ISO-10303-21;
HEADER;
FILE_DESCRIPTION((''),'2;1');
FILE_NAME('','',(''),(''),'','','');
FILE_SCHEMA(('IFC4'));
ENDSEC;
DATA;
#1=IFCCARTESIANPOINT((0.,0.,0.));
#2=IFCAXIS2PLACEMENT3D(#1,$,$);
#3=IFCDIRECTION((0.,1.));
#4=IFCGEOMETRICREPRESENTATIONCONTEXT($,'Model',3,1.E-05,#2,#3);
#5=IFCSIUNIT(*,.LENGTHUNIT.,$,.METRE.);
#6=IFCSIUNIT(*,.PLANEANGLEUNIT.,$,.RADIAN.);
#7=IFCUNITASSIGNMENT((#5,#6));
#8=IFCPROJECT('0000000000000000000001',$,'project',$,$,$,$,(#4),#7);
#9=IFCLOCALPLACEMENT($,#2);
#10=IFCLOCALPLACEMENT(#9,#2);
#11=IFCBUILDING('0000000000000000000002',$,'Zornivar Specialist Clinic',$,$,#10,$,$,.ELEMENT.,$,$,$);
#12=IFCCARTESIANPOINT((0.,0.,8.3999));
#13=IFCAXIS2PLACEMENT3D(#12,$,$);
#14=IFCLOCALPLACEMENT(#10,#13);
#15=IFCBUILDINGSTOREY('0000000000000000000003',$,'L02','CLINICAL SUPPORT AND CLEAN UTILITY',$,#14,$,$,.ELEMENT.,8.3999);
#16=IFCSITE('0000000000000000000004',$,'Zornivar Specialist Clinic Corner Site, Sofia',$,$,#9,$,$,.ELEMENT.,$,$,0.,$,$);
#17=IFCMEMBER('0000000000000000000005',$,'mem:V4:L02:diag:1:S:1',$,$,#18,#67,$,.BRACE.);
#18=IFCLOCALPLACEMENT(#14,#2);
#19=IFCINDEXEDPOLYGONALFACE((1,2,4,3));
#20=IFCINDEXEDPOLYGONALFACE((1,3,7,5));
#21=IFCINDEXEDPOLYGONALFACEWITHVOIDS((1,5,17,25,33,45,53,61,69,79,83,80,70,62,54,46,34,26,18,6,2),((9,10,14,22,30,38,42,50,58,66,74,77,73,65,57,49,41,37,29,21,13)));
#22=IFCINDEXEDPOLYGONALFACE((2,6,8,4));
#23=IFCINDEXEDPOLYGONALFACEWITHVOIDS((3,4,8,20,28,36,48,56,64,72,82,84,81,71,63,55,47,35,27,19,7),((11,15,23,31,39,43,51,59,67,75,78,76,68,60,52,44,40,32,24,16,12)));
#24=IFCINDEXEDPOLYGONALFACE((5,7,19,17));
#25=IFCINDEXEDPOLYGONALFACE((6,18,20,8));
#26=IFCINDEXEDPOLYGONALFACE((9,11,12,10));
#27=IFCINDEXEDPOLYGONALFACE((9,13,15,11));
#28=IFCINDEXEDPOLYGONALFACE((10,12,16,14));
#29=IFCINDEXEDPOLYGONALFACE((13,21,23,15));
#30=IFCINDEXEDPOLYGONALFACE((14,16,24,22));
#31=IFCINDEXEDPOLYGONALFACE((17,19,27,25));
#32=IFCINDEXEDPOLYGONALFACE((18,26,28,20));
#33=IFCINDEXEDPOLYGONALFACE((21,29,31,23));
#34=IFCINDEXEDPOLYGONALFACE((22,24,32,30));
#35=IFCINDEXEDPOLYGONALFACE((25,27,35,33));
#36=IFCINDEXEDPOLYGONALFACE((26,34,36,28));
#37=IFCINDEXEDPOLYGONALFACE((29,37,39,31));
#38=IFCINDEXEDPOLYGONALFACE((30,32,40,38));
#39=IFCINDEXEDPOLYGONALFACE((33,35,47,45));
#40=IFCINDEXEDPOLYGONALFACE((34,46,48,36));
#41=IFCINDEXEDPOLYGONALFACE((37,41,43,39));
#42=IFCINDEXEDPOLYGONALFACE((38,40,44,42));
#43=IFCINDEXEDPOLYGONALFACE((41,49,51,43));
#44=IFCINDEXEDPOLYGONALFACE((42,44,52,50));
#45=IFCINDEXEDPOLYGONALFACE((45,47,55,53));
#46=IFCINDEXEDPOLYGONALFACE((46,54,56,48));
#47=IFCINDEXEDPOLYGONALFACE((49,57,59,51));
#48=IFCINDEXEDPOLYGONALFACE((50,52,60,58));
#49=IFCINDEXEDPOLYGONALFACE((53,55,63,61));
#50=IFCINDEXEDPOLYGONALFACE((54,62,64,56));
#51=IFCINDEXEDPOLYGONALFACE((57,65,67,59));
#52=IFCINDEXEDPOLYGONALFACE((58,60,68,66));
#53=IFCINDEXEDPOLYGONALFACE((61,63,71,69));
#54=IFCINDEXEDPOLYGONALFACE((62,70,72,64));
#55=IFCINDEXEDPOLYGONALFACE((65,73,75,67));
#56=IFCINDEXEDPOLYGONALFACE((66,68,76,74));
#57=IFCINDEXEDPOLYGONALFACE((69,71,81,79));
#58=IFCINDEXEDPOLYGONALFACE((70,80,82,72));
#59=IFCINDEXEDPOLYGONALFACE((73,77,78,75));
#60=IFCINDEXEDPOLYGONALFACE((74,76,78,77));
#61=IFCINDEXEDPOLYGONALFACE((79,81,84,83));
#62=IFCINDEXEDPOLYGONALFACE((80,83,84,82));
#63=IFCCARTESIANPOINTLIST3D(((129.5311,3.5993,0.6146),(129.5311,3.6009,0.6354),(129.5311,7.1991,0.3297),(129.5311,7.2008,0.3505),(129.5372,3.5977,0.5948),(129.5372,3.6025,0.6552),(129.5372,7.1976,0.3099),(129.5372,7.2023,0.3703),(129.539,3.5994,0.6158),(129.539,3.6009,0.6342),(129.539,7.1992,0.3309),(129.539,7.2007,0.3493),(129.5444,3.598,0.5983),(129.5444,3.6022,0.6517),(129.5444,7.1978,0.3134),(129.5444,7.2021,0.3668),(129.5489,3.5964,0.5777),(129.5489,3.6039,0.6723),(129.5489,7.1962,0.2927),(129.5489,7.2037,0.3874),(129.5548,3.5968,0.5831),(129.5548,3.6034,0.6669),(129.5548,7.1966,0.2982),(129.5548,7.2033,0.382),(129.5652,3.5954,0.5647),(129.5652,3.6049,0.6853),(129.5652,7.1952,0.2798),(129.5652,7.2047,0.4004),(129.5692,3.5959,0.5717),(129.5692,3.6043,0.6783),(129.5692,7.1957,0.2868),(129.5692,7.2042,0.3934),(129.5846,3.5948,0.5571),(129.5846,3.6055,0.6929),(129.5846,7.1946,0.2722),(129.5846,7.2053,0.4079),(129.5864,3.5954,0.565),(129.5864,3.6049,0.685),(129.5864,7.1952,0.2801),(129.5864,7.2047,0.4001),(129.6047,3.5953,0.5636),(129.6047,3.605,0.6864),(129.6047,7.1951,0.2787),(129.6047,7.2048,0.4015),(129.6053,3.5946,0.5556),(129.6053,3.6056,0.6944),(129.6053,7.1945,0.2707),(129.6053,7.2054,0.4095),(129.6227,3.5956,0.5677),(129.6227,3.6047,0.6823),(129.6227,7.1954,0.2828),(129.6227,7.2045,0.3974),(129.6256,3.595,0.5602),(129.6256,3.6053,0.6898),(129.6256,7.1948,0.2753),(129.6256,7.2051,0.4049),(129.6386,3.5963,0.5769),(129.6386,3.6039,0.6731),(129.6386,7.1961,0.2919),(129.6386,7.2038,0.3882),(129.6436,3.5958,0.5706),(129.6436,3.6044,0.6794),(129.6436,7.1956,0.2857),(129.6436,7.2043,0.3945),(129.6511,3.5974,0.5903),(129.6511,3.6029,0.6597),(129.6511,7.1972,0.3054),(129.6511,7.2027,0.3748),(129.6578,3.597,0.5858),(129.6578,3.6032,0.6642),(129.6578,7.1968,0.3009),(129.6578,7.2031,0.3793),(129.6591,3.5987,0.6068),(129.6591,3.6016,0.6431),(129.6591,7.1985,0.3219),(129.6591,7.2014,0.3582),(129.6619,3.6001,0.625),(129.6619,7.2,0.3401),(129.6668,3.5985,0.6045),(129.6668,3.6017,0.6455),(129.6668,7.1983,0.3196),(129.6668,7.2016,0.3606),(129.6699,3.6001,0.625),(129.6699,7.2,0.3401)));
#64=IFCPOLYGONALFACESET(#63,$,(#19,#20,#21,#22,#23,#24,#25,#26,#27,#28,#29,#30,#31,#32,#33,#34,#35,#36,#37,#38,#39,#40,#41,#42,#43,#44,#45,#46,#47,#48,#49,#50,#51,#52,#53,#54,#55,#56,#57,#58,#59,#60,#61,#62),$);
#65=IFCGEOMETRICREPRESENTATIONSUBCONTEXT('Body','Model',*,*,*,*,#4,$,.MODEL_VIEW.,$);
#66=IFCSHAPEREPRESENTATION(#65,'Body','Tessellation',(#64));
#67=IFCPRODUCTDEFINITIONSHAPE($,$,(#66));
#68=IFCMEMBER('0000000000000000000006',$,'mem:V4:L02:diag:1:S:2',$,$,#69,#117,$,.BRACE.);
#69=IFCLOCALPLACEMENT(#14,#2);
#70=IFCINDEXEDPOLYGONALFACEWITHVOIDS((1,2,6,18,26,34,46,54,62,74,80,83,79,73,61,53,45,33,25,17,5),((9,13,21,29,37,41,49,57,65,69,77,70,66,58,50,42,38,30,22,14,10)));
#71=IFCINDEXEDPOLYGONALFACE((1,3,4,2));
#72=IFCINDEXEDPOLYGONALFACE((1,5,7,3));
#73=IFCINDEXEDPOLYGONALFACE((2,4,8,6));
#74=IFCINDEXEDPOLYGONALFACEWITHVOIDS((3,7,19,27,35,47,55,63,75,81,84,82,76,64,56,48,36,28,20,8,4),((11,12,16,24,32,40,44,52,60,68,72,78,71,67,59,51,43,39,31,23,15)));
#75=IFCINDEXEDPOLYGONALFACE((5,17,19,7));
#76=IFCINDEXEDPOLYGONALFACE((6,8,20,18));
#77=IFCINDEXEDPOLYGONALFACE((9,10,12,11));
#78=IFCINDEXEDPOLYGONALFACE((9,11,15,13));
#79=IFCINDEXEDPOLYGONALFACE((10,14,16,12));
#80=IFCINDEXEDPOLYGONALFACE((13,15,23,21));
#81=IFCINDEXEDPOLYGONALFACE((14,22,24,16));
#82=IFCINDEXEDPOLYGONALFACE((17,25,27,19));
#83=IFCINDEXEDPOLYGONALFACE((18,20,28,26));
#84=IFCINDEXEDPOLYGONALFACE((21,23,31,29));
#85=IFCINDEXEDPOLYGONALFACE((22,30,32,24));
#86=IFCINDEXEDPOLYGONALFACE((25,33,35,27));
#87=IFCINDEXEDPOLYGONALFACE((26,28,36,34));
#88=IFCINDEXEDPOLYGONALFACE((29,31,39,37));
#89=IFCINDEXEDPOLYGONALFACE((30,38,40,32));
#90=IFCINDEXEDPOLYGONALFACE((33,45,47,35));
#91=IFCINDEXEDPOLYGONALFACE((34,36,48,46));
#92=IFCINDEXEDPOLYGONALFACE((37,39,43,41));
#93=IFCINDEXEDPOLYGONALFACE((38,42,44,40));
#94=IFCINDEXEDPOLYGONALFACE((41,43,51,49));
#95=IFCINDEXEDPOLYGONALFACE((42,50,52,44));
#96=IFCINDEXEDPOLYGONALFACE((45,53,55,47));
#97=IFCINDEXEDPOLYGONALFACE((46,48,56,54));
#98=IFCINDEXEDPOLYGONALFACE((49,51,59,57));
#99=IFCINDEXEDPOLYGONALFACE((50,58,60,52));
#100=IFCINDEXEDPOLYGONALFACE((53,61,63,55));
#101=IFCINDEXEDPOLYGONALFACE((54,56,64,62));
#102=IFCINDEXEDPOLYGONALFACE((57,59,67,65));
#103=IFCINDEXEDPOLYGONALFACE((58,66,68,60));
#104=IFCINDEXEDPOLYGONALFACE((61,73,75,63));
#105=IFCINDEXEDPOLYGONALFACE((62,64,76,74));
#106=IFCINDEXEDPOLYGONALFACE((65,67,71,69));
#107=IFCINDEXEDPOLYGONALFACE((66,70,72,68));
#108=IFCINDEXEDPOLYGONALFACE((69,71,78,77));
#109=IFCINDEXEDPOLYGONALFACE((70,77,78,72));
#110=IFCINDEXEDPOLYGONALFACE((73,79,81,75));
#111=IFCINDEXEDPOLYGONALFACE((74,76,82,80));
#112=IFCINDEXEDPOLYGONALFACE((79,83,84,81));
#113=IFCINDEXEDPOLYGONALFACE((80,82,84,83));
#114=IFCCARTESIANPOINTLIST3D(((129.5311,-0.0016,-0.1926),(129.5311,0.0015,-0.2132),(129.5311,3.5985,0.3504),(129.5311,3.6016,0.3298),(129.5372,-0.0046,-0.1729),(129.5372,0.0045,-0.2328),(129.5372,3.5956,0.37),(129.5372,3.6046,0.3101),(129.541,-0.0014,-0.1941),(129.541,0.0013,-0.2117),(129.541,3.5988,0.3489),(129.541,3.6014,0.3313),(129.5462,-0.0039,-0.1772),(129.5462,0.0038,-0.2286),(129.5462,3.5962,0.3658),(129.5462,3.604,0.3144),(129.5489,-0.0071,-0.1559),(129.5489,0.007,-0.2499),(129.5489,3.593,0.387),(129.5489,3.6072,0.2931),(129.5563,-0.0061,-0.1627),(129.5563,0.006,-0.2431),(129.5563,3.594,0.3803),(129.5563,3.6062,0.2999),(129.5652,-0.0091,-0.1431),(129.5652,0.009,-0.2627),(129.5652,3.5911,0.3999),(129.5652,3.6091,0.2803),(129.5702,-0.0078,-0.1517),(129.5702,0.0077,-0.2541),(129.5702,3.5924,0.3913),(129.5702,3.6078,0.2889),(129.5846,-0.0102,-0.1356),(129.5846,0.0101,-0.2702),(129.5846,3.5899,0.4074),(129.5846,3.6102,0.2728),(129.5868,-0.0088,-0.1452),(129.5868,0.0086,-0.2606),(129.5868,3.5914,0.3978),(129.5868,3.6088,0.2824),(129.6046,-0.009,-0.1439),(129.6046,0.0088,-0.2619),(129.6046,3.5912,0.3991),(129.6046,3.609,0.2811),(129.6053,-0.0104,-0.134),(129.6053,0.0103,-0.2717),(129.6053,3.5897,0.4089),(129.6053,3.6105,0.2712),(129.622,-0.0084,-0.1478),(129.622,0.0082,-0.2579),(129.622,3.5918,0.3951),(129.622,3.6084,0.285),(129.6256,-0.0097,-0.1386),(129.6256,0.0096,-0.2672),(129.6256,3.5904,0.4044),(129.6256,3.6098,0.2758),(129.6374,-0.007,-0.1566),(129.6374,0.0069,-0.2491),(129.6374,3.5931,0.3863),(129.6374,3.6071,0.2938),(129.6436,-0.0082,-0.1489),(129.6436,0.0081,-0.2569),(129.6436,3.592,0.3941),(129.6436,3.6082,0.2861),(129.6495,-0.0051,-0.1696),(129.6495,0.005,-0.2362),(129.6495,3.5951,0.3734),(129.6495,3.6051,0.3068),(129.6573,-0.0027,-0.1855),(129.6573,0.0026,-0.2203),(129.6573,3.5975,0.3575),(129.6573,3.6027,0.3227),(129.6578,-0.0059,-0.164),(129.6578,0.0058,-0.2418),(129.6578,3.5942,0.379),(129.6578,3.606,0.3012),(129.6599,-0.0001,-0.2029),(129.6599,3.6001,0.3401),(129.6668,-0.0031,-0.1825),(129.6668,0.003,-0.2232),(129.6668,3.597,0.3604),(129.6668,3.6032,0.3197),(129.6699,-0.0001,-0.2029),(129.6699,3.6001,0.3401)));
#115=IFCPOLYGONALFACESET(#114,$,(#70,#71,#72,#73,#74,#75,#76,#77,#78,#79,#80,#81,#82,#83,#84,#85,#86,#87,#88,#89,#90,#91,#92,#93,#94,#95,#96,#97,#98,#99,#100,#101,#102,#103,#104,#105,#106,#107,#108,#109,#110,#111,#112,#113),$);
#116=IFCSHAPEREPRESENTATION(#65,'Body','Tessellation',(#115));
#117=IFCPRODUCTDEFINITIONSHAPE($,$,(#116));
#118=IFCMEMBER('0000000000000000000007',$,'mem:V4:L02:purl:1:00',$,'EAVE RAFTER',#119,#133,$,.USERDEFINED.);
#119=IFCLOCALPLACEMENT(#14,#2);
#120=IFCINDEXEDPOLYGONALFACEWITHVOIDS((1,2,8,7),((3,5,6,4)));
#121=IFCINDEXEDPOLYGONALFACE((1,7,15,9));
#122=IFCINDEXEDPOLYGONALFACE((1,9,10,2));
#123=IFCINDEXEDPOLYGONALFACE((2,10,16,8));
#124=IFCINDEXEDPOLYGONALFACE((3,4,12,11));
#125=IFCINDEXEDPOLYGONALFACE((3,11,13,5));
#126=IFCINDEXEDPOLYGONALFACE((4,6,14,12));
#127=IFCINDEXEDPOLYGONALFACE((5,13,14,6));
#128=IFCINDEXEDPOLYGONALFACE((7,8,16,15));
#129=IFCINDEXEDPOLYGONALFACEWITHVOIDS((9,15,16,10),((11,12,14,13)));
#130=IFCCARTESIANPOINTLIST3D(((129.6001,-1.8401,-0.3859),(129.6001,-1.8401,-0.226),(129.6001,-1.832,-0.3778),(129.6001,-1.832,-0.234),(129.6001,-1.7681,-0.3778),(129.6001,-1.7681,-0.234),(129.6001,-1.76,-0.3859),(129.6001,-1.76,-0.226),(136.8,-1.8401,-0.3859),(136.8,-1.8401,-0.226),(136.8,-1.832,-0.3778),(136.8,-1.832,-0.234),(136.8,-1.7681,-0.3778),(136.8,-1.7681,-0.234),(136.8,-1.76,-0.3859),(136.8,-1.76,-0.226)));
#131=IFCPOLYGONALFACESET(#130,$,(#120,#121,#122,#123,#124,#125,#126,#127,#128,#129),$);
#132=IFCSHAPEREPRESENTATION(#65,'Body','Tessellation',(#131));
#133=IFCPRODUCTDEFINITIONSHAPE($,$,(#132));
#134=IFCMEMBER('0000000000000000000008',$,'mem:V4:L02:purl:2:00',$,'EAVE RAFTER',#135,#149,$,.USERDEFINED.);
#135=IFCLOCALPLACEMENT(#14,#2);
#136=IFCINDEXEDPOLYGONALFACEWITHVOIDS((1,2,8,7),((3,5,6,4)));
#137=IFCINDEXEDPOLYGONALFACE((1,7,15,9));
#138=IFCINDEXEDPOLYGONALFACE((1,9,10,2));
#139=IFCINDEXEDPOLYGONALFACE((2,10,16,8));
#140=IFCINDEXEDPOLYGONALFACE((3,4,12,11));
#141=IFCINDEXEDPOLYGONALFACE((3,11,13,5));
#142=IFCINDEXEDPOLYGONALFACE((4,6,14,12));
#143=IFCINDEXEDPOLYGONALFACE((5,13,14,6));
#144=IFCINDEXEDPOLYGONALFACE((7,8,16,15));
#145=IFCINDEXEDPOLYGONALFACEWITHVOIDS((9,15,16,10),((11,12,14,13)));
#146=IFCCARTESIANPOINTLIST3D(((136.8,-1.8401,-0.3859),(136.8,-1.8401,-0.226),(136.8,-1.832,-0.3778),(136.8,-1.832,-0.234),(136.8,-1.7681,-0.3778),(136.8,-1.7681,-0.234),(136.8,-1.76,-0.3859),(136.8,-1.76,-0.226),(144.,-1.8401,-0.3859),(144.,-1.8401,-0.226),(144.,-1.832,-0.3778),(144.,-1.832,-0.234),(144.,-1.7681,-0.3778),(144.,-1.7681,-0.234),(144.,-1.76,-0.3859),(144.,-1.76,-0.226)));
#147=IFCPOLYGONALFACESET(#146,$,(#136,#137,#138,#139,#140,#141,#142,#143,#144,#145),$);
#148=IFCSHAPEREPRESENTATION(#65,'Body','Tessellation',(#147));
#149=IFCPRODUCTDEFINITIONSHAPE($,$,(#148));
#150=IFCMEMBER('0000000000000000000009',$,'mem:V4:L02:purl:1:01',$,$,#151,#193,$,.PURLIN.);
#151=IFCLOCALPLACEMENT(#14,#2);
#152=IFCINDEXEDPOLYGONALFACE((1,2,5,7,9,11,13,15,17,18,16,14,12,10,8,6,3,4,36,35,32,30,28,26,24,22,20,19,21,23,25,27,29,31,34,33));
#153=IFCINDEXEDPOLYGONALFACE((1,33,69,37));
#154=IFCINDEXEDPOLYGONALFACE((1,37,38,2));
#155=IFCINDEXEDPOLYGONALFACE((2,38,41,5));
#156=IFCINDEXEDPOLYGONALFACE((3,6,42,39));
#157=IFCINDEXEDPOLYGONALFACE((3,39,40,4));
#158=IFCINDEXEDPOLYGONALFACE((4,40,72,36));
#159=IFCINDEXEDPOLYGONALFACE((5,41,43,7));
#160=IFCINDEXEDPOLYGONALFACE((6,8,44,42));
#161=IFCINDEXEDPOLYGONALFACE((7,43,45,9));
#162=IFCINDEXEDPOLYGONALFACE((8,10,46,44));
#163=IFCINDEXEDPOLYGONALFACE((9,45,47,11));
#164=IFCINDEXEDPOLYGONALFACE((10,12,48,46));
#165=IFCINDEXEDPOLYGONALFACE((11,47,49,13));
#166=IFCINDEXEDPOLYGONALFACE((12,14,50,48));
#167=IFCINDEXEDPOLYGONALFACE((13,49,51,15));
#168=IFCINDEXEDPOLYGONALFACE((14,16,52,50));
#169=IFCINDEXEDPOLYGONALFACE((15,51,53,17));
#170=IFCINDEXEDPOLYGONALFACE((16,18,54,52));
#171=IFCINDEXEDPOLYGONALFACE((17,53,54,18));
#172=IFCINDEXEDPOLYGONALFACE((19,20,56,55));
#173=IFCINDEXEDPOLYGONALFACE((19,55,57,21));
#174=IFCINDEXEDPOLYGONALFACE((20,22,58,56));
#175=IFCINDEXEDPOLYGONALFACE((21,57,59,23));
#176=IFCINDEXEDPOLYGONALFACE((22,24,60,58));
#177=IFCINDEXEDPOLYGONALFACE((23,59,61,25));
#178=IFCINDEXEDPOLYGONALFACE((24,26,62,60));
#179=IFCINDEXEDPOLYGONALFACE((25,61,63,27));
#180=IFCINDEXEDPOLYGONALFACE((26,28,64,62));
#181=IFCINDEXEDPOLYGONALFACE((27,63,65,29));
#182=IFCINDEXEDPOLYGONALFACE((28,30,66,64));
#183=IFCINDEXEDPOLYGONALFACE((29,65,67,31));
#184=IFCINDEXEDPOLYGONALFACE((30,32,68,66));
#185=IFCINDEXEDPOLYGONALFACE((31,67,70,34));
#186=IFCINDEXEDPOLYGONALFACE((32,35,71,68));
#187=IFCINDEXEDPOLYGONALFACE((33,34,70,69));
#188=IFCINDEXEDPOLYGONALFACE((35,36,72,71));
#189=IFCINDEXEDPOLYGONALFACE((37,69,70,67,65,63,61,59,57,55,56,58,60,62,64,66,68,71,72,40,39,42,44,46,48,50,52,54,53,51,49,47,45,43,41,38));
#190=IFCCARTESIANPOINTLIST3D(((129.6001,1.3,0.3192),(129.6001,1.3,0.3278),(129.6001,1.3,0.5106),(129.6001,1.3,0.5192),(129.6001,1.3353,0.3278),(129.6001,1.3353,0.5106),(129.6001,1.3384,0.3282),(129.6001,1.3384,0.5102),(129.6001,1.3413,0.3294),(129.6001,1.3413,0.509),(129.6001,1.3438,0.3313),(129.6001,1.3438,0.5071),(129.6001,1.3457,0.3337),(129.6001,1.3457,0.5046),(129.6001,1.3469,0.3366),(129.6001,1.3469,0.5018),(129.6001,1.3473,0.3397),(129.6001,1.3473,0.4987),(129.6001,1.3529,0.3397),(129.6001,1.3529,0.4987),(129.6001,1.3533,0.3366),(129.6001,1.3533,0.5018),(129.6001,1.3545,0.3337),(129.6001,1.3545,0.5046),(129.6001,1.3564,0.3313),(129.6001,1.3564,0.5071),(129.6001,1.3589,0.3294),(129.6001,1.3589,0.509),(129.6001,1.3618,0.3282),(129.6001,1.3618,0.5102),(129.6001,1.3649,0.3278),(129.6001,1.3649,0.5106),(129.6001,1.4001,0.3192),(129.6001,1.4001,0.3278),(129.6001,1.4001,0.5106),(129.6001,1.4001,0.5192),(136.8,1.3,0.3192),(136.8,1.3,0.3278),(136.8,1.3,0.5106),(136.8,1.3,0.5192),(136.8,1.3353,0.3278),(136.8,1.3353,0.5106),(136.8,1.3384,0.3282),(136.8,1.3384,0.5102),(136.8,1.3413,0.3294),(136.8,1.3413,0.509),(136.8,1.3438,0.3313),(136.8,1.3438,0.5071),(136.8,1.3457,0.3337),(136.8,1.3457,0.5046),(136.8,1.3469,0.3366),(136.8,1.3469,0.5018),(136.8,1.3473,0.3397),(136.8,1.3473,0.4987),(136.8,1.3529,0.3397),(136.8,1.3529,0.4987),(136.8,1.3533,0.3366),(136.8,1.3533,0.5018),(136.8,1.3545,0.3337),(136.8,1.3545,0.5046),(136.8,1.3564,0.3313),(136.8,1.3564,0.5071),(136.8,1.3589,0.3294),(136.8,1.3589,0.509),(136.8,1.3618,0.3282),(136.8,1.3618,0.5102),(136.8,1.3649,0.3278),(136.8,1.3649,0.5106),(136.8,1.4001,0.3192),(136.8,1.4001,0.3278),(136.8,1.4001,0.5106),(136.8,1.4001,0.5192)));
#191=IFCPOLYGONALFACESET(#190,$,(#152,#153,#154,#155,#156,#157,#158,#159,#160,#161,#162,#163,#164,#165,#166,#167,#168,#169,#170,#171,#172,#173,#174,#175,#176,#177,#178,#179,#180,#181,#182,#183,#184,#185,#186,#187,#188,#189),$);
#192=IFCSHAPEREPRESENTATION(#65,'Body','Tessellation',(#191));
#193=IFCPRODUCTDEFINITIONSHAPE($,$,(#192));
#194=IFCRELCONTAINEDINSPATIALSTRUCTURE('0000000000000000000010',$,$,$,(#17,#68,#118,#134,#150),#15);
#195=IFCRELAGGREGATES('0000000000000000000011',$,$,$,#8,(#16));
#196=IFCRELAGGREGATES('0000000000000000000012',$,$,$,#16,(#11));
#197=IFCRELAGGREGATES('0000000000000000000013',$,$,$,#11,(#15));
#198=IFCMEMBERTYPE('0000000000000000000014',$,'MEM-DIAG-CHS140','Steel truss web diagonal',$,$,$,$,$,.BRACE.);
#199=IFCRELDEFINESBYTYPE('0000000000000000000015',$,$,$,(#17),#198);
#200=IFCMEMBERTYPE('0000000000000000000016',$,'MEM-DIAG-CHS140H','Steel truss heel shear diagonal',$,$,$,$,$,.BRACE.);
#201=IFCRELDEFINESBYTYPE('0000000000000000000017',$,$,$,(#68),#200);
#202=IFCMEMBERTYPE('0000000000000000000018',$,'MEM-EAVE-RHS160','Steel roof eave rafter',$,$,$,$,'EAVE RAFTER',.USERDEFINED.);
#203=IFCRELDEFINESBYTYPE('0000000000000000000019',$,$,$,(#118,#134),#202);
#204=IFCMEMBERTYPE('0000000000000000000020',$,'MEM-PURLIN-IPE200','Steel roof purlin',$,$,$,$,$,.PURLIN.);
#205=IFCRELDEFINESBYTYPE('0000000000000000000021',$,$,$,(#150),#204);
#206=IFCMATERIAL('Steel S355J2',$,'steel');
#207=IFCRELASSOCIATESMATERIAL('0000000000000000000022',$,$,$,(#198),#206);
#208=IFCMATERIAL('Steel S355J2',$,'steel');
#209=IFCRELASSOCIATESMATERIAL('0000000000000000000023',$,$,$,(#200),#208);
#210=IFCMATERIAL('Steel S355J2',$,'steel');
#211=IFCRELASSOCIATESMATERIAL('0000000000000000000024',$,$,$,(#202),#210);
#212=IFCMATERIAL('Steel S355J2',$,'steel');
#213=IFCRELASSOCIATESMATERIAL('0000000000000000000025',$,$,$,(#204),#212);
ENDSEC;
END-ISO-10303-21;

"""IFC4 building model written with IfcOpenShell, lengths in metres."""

from ifc_helpers import new_model, si_unit, direction, frame, origin, origin_2d, place, context, subcontext, project, spatial, hollow_rectangle, hollow_circle, i_section, extrude, material, material_profile, profile_set, type_object, element, save


model = new_model("IFC4")

# Units and contexts
model_context = context("Model", 3, precision=1e-05, world=origin(), true_north=direction((0.0, 1.0)))
body_context = subcontext(model_context, "Body", "Model", "MODEL_VIEW")
ifc_project = project(units=[si_unit("LENGTHUNIT", "METRE"), si_unit("PLANEANGLEUNIT", "RADIAN")], contexts=[model_context])

# Site, building, storey
site_placement = place(None, origin())
site = spatial("IfcSite", under=ifc_project, at=site_placement, Name="Zornivar Specialist Clinic Corner Site, Sofia", CompositionType="ELEMENT", RefElevation=0.0)
building_placement = place(site_placement, origin())
building = spatial("IfcBuilding", under=site, at=building_placement, Name="Zornivar Specialist Clinic", CompositionType="ELEMENT")
storey_placement = place(building_placement, frame((0.0, 0.0, 8.3999)))
storey = spatial("IfcBuildingStorey", under=building, at=storey_placement, Name="L02", Description="CLINICAL SUPPORT AND CLEAN UTILITY", CompositionType="ELEMENT", Elevation=8.3999)

# Members
ifc_material_1 = material(Name="Steel S355J2", Category="steel")
ifc_material_profile_1 = material_profile(ifc_material_1, hollow_circle(Radius=0.0698, WallThickness=0.0081, at=origin_2d()), Name="CHS 139.7x8")
ifc_profile_set_1 = profile_set([ifc_material_profile_1], Name="Steel S355J2")
member_type_1 = type_object("IfcMemberType", Name="MEM-DIAG-CHS140", Description="Steel truss web diagonal", PredefinedType="BRACE", material=ifc_profile_set_1)
member_1_placement = place(storey_placement, frame((129.6001, 7.2, 0.3401), z_axis=(0.0, -0.996883, 0.078899), x_axis=(1.0, 0.0, 0.0)))
element("IfcMember", 1, at=member_1_placement, inside=storey, type_object=member_type_1, Name="mem:V4:L02:diag:1:S:1", PredefinedType="BRACE", context=body_context, shape_type="SweptSolid", body=[
    extrude(hollow_circle(Radius=0.0698, WallThickness=0.0081, at=origin_2d()), origin(), (0.0, 0.0, 1.0), 3.6111),
])
ifc_material_2 = material(Name="Steel S355J2", Category="steel")
ifc_material_profile_2 = material_profile(ifc_material_2, hollow_circle(Radius=0.0698, WallThickness=0.01, at=origin_2d()), Name="CHS 139.7x10")
ifc_profile_set_2 = profile_set([ifc_material_profile_2], Name="Steel S355J2")
member_type_2 = type_object("IfcMemberType", Name="MEM-DIAG-CHS140H", Description="Steel truss heel shear diagonal", PredefinedType="BRACE", material=ifc_profile_set_2)
member_2_placement = place(storey_placement, frame((129.6001, 3.6001, 0.3401), z_axis=(0.0, -0.988817, -0.149134), x_axis=(1.0, 0.0, 0.0)))
element("IfcMember", 2, at=member_2_placement, inside=storey, type_object=member_type_2, Name="mem:V4:L02:diag:1:S:2", PredefinedType="BRACE", context=body_context, shape_type="SweptSolid", body=[
    extrude(hollow_circle(Radius=0.0698, WallThickness=0.01, at=origin_2d()), origin(), (0.0, 0.0, 1.0), 3.6409),
])
ifc_material_3 = material(Name="Steel S355J2", Category="steel")
ifc_material_profile_3 = material_profile(ifc_material_3, hollow_rectangle(XDim=0.0801, YDim=0.1599, WallThickness=0.0081, at=origin_2d()), Name="RHS 160x80x8")
ifc_profile_set_3 = profile_set([ifc_material_profile_3], Name="Steel S355J2")
member_type_3 = type_object("IfcMemberType", Name="MEM-EAVE-RHS160", Description="Steel roof eave rafter", ElementType="EAVE RAFTER", PredefinedType="USERDEFINED", material=ifc_profile_set_3)
for number, where, z_axis, x_axis, name in (
    (3, (129.6001, -1.8, -0.3059), (1.0, 0.0, 0.0), (0.0, 1.0, 0.0), "mem:V4:L02:purl:1:00"),
    (4, (136.8, -1.8, -0.3059), (1.0, 0.0, 0.0), (0.0, 1.0, 0.0), "mem:V4:L02:purl:2:00"),
):
    element("IfcMember", number, at=place(storey_placement, frame(where, z_axis=z_axis, x_axis=x_axis)), inside=storey, type_object=member_type_3, Name=name, ObjectType="EAVE RAFTER", PredefinedType="USERDEFINED", context=body_context, shape_type="SweptSolid", body=[
        extrude(hollow_rectangle(XDim=0.0801, YDim=0.1599, WallThickness=0.0081, at=origin_2d()), origin(), (0.0, 0.0, 1.0), 7.2),
    ])
ifc_material_4 = material(Name="Steel S355J2", Category="steel")
ifc_material_profile_4 = material_profile(ifc_material_4, i_section(OverallWidth=0.1001, OverallDepth=0.2, WebThickness=0.0056, FlangeThickness=0.0085, FilletRadius=0.012, at=origin_2d()), Name="IPE 200")
ifc_profile_set_4 = profile_set([ifc_material_profile_4], Name="Steel S355J2")
member_type_4 = type_object("IfcMemberType", Name="MEM-PURLIN-IPE200", Description="Steel roof purlin", PredefinedType="PURLIN", material=ifc_profile_set_4)
for number, where, z_axis, x_axis, name in (
    (5, (129.6001, 1.3501, 0.4192), (1.0, 0.0, 0.0), (0.0, 1.0, 0.0), "mem:V4:L02:purl:1:01"),
):
    element("IfcMember", number, at=place(storey_placement, frame(where, z_axis=z_axis, x_axis=x_axis)), inside=storey, type_object=member_type_4, Name=name, PredefinedType="PURLIN", context=body_context, shape_type="SweptSolid", body=[
        extrude(i_section(OverallWidth=0.1001, OverallDepth=0.2, WebThickness=0.0056, FlangeThickness=0.0085, FilletRadius=0.012, at=origin_2d()), origin(), (0.0, 0.0, 1.0), 7.2),
    ])

save(model, "model.ifc")
